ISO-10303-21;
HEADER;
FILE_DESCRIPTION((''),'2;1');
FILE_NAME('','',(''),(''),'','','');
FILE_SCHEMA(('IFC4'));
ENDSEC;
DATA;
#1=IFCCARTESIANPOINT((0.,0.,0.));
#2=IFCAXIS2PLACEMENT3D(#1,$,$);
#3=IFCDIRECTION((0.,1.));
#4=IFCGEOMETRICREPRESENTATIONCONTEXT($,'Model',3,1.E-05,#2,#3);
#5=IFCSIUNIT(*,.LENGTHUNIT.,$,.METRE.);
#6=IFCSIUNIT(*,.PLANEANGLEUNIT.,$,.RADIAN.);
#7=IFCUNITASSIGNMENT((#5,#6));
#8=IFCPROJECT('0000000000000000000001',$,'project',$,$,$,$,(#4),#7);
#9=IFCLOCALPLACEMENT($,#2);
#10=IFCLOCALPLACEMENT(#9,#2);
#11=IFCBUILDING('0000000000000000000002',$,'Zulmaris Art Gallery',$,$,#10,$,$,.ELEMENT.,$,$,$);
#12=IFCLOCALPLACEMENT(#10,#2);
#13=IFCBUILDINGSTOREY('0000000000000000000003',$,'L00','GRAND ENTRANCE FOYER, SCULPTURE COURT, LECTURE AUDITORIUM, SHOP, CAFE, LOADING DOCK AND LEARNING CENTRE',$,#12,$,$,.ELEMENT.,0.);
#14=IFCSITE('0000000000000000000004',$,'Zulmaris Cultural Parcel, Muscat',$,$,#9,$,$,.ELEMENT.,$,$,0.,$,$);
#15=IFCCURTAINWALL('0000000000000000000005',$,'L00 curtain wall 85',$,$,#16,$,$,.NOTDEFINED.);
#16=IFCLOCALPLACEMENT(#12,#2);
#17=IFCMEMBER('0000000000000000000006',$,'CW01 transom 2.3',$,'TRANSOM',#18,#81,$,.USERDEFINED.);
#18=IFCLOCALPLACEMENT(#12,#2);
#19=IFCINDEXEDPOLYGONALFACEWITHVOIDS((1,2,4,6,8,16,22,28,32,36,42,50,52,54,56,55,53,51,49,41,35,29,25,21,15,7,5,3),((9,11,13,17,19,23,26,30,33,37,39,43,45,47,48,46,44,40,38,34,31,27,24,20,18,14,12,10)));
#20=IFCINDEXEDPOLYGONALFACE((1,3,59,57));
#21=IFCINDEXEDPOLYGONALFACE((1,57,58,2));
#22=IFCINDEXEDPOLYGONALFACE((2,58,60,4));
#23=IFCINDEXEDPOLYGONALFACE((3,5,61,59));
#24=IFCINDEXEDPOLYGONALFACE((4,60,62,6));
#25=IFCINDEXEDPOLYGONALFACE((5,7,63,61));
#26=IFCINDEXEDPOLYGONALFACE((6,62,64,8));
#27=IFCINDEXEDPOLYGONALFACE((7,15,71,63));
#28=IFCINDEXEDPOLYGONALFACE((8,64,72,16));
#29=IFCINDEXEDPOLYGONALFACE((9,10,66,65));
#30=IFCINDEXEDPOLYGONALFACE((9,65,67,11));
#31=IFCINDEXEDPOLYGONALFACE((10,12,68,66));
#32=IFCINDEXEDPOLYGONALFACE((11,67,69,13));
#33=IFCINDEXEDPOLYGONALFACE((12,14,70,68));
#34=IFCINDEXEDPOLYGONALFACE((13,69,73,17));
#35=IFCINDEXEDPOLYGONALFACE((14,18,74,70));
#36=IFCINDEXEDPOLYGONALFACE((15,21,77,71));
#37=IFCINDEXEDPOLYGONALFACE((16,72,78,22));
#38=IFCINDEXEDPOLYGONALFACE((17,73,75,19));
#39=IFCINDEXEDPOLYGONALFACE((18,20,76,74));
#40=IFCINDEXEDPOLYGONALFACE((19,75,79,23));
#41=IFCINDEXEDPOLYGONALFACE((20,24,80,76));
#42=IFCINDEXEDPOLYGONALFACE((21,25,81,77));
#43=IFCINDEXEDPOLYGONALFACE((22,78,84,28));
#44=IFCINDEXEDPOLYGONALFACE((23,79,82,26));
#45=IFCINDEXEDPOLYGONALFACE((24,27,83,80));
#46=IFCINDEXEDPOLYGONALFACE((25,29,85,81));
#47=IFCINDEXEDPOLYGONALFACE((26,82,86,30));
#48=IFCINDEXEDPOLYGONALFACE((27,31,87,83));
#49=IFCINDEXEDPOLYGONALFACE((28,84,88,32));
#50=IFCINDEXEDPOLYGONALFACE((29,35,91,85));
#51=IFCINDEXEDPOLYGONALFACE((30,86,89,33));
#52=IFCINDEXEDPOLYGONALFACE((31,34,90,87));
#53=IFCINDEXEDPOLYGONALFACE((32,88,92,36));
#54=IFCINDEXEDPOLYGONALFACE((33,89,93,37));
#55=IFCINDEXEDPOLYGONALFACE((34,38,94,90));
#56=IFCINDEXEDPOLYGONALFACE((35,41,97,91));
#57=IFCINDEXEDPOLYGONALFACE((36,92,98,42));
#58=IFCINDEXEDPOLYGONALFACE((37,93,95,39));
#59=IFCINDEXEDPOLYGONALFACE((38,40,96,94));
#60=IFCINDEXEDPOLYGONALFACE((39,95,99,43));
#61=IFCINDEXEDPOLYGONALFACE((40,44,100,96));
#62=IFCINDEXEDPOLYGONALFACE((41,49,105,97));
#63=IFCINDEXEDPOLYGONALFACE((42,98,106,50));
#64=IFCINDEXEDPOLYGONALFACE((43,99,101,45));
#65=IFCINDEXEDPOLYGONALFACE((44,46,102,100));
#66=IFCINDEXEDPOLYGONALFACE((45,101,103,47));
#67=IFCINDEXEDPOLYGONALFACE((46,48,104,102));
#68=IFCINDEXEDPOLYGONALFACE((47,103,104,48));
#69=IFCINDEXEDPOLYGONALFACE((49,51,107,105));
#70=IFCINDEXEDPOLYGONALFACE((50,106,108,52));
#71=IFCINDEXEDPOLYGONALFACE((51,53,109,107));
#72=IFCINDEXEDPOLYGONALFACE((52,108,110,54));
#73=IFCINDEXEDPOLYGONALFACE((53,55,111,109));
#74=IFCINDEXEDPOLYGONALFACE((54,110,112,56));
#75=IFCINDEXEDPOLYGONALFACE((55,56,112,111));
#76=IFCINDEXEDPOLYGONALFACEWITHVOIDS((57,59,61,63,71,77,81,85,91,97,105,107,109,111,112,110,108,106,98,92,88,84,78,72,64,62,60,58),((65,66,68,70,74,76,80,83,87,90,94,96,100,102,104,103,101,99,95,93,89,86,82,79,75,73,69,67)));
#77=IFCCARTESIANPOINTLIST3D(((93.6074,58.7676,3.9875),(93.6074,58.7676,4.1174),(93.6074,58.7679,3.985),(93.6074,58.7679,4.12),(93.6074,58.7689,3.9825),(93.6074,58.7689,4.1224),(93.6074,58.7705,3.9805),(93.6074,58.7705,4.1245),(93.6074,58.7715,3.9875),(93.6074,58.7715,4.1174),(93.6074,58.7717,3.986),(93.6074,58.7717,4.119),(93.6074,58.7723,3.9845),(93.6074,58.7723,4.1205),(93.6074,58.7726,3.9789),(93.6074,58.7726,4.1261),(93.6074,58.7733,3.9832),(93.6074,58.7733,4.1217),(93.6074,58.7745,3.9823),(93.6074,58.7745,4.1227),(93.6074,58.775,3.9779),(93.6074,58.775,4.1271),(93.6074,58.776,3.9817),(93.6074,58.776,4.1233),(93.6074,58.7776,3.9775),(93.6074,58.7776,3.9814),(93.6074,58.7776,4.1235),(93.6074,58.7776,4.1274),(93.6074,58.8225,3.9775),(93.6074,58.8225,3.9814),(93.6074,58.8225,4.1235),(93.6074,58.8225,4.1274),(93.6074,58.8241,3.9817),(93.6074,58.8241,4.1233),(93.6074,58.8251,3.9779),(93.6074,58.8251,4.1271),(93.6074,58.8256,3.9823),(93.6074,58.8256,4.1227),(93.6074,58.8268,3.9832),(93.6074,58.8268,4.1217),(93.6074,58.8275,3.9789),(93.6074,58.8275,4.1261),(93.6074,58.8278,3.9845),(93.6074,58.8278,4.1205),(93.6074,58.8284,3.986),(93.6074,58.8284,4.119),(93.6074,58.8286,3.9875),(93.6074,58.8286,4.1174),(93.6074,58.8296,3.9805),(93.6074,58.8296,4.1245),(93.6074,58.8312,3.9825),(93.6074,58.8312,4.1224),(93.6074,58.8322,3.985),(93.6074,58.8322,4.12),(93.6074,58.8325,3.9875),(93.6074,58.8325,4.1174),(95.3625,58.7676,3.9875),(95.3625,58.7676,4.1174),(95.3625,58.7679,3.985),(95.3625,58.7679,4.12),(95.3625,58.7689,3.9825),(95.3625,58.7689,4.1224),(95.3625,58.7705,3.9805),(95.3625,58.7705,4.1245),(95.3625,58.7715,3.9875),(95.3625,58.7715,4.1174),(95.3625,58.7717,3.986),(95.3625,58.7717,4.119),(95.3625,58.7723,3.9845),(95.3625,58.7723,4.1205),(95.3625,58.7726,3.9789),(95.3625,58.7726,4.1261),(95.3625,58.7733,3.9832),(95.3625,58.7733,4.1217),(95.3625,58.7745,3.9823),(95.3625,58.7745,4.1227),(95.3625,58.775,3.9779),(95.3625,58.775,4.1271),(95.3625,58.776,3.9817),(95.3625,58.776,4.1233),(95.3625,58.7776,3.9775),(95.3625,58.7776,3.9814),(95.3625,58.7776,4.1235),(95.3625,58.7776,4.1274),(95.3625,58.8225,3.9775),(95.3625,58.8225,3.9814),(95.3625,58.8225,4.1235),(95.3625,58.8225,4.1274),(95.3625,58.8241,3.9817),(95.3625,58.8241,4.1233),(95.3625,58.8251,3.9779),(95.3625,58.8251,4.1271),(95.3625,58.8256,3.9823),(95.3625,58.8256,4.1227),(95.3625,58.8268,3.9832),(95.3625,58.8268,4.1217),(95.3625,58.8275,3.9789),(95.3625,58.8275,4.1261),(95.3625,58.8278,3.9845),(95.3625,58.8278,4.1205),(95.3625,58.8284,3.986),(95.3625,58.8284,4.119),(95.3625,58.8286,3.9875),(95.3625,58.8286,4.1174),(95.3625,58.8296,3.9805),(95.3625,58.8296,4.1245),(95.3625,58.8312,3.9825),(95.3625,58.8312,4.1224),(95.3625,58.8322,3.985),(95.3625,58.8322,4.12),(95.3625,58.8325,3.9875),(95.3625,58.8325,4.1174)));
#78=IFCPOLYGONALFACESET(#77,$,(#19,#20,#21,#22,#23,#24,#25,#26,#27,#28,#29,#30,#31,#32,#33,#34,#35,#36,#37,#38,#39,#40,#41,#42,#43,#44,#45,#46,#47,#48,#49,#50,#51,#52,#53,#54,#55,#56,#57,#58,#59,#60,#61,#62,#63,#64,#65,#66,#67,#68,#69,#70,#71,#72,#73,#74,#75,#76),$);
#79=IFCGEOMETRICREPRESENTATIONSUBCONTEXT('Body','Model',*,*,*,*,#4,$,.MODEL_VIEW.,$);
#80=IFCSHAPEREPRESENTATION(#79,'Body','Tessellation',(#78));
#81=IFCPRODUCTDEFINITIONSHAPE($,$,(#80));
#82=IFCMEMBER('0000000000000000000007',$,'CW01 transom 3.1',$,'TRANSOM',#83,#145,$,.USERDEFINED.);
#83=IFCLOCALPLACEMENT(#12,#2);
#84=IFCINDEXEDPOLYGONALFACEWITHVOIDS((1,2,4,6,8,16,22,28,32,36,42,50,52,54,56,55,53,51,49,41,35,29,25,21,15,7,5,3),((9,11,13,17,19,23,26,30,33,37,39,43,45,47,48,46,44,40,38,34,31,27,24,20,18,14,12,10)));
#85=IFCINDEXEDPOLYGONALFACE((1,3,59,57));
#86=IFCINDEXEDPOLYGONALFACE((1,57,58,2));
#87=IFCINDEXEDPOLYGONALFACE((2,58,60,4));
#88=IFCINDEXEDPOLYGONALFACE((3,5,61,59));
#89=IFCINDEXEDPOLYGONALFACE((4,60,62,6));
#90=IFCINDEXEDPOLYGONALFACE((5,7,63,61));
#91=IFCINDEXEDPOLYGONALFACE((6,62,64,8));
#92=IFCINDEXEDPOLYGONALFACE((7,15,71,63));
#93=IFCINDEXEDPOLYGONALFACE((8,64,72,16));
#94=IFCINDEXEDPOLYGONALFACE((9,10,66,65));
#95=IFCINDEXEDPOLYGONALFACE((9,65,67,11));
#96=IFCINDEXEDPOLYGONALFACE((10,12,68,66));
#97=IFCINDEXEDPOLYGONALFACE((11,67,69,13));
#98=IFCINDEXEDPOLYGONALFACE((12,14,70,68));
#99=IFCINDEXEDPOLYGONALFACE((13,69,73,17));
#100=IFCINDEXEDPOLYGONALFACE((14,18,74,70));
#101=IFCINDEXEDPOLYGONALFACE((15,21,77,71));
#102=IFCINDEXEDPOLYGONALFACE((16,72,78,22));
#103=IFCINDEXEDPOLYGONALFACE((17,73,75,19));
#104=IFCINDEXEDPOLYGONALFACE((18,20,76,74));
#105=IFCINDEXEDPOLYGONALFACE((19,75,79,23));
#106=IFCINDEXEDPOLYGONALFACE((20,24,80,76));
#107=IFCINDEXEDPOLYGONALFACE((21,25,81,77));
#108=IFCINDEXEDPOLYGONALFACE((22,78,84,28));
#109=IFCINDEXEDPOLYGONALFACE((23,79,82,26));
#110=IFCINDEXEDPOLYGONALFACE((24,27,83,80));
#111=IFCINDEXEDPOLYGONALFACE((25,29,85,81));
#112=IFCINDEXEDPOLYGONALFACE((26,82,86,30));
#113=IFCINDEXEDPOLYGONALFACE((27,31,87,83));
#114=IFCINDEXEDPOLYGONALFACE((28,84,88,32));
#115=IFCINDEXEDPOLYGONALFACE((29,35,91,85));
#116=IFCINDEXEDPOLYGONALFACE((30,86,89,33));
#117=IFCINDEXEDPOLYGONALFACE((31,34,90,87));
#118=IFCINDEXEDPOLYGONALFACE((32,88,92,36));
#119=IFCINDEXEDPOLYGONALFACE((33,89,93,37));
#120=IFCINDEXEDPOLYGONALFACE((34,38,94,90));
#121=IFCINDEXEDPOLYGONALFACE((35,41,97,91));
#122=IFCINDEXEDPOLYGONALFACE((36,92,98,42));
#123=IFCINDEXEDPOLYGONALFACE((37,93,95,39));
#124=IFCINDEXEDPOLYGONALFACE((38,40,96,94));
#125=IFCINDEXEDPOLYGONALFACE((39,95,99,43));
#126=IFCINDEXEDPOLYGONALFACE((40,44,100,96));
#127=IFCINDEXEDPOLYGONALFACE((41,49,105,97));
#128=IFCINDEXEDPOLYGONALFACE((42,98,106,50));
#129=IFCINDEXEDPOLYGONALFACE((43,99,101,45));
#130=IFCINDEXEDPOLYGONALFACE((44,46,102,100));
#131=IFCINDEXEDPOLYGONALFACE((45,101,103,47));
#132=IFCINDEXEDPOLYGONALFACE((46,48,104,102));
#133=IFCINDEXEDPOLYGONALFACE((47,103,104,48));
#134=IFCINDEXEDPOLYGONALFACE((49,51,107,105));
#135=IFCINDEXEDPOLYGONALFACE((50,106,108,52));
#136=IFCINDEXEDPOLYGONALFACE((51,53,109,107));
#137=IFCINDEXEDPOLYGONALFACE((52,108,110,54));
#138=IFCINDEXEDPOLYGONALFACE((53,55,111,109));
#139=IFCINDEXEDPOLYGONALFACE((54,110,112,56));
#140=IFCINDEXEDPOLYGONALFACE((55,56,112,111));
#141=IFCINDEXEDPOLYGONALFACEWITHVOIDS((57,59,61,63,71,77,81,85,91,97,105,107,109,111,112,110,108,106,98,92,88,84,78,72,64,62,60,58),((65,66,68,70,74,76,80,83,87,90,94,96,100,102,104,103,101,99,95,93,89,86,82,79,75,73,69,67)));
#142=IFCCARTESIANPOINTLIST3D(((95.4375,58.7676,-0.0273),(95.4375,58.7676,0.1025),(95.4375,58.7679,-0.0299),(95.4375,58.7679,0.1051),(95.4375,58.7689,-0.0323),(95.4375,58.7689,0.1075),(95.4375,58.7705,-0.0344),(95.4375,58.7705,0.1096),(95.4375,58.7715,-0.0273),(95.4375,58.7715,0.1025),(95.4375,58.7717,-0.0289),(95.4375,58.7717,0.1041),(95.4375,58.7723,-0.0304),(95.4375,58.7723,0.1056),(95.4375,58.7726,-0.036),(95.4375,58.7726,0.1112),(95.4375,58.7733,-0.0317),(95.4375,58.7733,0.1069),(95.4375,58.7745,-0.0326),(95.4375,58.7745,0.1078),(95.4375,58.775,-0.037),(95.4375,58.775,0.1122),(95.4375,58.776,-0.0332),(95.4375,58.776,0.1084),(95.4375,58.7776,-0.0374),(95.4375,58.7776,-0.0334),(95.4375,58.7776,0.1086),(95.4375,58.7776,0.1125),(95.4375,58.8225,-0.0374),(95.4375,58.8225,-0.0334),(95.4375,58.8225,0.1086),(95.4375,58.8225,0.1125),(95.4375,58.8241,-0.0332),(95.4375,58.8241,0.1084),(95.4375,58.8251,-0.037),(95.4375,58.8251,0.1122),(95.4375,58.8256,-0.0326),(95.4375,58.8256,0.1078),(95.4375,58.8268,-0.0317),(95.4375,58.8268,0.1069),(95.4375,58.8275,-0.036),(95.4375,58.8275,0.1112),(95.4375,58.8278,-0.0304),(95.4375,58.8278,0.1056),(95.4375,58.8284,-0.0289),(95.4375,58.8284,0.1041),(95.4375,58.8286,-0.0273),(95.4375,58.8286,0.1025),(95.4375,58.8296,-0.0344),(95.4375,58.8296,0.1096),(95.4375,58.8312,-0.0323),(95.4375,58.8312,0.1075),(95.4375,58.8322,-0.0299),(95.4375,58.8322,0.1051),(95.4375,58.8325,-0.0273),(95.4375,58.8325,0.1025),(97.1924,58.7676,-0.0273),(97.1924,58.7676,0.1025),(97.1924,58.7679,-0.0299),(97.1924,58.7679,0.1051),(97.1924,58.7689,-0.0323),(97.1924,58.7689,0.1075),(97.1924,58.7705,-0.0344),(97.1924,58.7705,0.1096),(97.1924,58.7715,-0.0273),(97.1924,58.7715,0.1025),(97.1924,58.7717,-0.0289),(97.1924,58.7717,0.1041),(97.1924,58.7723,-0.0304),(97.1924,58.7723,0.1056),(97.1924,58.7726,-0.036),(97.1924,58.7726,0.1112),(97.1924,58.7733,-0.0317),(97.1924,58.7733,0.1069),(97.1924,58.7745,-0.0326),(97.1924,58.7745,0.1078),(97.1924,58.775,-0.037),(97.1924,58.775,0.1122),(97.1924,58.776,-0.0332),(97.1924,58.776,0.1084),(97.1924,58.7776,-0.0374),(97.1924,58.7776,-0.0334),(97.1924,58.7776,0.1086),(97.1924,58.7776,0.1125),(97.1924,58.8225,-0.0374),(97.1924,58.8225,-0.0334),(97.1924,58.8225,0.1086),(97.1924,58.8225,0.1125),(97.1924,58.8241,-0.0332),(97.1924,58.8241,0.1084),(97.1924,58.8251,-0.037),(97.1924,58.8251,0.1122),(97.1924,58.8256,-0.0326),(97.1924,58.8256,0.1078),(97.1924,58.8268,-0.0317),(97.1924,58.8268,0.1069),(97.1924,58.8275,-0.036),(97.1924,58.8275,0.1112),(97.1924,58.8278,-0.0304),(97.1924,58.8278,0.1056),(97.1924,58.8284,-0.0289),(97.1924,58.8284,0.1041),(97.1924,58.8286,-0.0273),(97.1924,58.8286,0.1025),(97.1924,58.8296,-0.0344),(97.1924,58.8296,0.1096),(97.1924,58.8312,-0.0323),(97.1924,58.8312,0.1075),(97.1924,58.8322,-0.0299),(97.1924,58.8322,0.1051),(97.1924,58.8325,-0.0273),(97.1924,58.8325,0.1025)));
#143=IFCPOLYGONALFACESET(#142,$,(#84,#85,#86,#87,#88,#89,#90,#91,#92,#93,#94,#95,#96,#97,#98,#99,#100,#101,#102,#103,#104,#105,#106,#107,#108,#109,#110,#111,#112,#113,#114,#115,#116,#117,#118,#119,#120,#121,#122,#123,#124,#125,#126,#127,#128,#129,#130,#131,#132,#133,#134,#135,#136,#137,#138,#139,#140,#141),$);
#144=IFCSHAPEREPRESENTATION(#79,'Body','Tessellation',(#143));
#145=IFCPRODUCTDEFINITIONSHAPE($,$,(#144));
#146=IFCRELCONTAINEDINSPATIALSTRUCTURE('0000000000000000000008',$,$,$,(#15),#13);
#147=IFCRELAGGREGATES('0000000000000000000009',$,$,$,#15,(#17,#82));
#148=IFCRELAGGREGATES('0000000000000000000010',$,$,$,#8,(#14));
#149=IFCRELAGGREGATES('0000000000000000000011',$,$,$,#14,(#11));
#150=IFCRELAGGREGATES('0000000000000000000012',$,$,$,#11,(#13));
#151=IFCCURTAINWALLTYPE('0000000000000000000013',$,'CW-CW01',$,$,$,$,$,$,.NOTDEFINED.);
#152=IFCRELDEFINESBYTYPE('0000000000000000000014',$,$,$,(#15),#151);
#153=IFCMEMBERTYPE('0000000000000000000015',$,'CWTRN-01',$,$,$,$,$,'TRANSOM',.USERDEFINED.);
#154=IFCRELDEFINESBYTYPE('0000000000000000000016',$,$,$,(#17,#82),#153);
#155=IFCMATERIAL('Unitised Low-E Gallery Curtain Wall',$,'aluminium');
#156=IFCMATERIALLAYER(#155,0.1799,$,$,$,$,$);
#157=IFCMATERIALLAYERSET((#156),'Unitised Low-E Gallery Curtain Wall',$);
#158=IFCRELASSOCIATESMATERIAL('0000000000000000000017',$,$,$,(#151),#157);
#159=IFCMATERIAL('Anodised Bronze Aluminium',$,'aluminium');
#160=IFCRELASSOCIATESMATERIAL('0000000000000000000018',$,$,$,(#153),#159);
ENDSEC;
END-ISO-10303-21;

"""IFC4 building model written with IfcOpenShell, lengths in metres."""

from ifc_helpers import new_model, si_unit, direction, frame, origin, origin_2d, place, context, subcontext, project, spatial, hollow_rectangle, extrude, material, layer, layer_set, material_profile, profile_set, type_object, element, aggregate, save


model = new_model("IFC4")

# Units and contexts
model_context = context("Model", 3, precision=1e-05, world=origin(), true_north=direction((0.0, 1.0)))
body_context = subcontext(model_context, "Body", "Model", "MODEL_VIEW")
ifc_project = project(units=[si_unit("LENGTHUNIT", "METRE"), si_unit("PLANEANGLEUNIT", "RADIAN")], contexts=[model_context])

# Site, building, storey
site_placement = place(None, origin())
site = spatial("IfcSite", under=ifc_project, at=site_placement, Name="Zulmaris Cultural Parcel, Muscat", CompositionType="ELEMENT", RefElevation=0.0)
building_placement = place(site_placement, origin())
building = spatial("IfcBuilding", under=site, at=building_placement, Name="Zulmaris Art Gallery", CompositionType="ELEMENT")
storey_placement = place(building_placement, origin())
storey = spatial("IfcBuildingStorey", under=building, at=storey_placement, Name="L00", Description="GRAND ENTRANCE FOYER, SCULPTURE COURT, LECTURE AUDITORIUM, SHOP, CAFE, LOADING DOCK AND LEARNING CENTRE", CompositionType="ELEMENT", Elevation=0.0)

# Curtain wall
ifc_material_1 = material(Name="Unitised Low-E Gallery Curtain Wall", Category="aluminium")
ifc_layer_1 = layer(ifc_material_1, 0.1799)
ifc_layer_set_1 = layer_set([ifc_layer_1], Name="Unitised Low-E Gallery Curtain Wall")
curtain_wall_type = type_object("IfcCurtainWallType", Name="CW-CW01", PredefinedType="NOTDEFINED", material=ifc_layer_set_1)
curtain_wall_1_placement = place(storey_placement, origin())
curtain_wall_1 = element("IfcCurtainWall", 1, at=curtain_wall_1_placement, inside=storey, type_object=curtain_wall_type, Name="L00 curtain wall 85", PredefinedType="NOTDEFINED")
ifc_material_2 = material(Name="Anodised Bronze Aluminium", Category="aluminium")

# Members
ifc_material_profile_1 = material_profile(ifc_material_2, hollow_rectangle(XDim=0.0649, YDim=0.1499, WallThickness=0.0039, InnerFilletRadius=0.0061, OuterFilletRadius=0.01, at=origin_2d()), Name="ALU 65x150x4")
ifc_profile_set_1 = profile_set([ifc_material_profile_1], Name="Anodised Bronze Aluminium")
member_type_1 = type_object("IfcMemberType", Name="CWTRN-01", ElementType="TRANSOM", PredefinedType="USERDEFINED", material=ifc_profile_set_1)
member_1_placement = place(storey_placement, frame((93.6074, 58.8, 4.0525), z_axis=(1.0, 0.0, 0.0), x_axis=(0.0, 1.0, 0.0)))
member_1 = element("IfcMember", 2, at=member_1_placement, type_object=member_type_1, Name="CW01 transom 2.3", ObjectType="TRANSOM", PredefinedType="USERDEFINED", context=body_context, shape_type="SweptSolid", body=[
    extrude(hollow_rectangle(XDim=0.0649, YDim=0.1499, WallThickness=0.0039, InnerFilletRadius=0.0061, OuterFilletRadius=0.01, at=origin_2d()), origin(), (0.0, 0.0, 1.0), 1.7551),
])
member_2_placement = place(storey_placement, frame((95.4375, 58.8, 0.0376), z_axis=(1.0, 0.0, 0.0), x_axis=(0.0, 1.0, 0.0)))
member_2 = element("IfcMember", 3, at=member_2_placement, type_object=member_type_1, Name="CW01 transom 3.1", ObjectType="TRANSOM", PredefinedType="USERDEFINED", context=body_context, shape_type="SweptSolid", body=[
    extrude(hollow_rectangle(XDim=0.0649, YDim=0.1499, WallThickness=0.0039, InnerFilletRadius=0.0061, OuterFilletRadius=0.01, at=origin_2d()), origin(), (0.0, 0.0, 1.0), 1.7549),
])

aggregate(curtain_wall_1, [member_1, member_2])

save(model, "model.ifc")
